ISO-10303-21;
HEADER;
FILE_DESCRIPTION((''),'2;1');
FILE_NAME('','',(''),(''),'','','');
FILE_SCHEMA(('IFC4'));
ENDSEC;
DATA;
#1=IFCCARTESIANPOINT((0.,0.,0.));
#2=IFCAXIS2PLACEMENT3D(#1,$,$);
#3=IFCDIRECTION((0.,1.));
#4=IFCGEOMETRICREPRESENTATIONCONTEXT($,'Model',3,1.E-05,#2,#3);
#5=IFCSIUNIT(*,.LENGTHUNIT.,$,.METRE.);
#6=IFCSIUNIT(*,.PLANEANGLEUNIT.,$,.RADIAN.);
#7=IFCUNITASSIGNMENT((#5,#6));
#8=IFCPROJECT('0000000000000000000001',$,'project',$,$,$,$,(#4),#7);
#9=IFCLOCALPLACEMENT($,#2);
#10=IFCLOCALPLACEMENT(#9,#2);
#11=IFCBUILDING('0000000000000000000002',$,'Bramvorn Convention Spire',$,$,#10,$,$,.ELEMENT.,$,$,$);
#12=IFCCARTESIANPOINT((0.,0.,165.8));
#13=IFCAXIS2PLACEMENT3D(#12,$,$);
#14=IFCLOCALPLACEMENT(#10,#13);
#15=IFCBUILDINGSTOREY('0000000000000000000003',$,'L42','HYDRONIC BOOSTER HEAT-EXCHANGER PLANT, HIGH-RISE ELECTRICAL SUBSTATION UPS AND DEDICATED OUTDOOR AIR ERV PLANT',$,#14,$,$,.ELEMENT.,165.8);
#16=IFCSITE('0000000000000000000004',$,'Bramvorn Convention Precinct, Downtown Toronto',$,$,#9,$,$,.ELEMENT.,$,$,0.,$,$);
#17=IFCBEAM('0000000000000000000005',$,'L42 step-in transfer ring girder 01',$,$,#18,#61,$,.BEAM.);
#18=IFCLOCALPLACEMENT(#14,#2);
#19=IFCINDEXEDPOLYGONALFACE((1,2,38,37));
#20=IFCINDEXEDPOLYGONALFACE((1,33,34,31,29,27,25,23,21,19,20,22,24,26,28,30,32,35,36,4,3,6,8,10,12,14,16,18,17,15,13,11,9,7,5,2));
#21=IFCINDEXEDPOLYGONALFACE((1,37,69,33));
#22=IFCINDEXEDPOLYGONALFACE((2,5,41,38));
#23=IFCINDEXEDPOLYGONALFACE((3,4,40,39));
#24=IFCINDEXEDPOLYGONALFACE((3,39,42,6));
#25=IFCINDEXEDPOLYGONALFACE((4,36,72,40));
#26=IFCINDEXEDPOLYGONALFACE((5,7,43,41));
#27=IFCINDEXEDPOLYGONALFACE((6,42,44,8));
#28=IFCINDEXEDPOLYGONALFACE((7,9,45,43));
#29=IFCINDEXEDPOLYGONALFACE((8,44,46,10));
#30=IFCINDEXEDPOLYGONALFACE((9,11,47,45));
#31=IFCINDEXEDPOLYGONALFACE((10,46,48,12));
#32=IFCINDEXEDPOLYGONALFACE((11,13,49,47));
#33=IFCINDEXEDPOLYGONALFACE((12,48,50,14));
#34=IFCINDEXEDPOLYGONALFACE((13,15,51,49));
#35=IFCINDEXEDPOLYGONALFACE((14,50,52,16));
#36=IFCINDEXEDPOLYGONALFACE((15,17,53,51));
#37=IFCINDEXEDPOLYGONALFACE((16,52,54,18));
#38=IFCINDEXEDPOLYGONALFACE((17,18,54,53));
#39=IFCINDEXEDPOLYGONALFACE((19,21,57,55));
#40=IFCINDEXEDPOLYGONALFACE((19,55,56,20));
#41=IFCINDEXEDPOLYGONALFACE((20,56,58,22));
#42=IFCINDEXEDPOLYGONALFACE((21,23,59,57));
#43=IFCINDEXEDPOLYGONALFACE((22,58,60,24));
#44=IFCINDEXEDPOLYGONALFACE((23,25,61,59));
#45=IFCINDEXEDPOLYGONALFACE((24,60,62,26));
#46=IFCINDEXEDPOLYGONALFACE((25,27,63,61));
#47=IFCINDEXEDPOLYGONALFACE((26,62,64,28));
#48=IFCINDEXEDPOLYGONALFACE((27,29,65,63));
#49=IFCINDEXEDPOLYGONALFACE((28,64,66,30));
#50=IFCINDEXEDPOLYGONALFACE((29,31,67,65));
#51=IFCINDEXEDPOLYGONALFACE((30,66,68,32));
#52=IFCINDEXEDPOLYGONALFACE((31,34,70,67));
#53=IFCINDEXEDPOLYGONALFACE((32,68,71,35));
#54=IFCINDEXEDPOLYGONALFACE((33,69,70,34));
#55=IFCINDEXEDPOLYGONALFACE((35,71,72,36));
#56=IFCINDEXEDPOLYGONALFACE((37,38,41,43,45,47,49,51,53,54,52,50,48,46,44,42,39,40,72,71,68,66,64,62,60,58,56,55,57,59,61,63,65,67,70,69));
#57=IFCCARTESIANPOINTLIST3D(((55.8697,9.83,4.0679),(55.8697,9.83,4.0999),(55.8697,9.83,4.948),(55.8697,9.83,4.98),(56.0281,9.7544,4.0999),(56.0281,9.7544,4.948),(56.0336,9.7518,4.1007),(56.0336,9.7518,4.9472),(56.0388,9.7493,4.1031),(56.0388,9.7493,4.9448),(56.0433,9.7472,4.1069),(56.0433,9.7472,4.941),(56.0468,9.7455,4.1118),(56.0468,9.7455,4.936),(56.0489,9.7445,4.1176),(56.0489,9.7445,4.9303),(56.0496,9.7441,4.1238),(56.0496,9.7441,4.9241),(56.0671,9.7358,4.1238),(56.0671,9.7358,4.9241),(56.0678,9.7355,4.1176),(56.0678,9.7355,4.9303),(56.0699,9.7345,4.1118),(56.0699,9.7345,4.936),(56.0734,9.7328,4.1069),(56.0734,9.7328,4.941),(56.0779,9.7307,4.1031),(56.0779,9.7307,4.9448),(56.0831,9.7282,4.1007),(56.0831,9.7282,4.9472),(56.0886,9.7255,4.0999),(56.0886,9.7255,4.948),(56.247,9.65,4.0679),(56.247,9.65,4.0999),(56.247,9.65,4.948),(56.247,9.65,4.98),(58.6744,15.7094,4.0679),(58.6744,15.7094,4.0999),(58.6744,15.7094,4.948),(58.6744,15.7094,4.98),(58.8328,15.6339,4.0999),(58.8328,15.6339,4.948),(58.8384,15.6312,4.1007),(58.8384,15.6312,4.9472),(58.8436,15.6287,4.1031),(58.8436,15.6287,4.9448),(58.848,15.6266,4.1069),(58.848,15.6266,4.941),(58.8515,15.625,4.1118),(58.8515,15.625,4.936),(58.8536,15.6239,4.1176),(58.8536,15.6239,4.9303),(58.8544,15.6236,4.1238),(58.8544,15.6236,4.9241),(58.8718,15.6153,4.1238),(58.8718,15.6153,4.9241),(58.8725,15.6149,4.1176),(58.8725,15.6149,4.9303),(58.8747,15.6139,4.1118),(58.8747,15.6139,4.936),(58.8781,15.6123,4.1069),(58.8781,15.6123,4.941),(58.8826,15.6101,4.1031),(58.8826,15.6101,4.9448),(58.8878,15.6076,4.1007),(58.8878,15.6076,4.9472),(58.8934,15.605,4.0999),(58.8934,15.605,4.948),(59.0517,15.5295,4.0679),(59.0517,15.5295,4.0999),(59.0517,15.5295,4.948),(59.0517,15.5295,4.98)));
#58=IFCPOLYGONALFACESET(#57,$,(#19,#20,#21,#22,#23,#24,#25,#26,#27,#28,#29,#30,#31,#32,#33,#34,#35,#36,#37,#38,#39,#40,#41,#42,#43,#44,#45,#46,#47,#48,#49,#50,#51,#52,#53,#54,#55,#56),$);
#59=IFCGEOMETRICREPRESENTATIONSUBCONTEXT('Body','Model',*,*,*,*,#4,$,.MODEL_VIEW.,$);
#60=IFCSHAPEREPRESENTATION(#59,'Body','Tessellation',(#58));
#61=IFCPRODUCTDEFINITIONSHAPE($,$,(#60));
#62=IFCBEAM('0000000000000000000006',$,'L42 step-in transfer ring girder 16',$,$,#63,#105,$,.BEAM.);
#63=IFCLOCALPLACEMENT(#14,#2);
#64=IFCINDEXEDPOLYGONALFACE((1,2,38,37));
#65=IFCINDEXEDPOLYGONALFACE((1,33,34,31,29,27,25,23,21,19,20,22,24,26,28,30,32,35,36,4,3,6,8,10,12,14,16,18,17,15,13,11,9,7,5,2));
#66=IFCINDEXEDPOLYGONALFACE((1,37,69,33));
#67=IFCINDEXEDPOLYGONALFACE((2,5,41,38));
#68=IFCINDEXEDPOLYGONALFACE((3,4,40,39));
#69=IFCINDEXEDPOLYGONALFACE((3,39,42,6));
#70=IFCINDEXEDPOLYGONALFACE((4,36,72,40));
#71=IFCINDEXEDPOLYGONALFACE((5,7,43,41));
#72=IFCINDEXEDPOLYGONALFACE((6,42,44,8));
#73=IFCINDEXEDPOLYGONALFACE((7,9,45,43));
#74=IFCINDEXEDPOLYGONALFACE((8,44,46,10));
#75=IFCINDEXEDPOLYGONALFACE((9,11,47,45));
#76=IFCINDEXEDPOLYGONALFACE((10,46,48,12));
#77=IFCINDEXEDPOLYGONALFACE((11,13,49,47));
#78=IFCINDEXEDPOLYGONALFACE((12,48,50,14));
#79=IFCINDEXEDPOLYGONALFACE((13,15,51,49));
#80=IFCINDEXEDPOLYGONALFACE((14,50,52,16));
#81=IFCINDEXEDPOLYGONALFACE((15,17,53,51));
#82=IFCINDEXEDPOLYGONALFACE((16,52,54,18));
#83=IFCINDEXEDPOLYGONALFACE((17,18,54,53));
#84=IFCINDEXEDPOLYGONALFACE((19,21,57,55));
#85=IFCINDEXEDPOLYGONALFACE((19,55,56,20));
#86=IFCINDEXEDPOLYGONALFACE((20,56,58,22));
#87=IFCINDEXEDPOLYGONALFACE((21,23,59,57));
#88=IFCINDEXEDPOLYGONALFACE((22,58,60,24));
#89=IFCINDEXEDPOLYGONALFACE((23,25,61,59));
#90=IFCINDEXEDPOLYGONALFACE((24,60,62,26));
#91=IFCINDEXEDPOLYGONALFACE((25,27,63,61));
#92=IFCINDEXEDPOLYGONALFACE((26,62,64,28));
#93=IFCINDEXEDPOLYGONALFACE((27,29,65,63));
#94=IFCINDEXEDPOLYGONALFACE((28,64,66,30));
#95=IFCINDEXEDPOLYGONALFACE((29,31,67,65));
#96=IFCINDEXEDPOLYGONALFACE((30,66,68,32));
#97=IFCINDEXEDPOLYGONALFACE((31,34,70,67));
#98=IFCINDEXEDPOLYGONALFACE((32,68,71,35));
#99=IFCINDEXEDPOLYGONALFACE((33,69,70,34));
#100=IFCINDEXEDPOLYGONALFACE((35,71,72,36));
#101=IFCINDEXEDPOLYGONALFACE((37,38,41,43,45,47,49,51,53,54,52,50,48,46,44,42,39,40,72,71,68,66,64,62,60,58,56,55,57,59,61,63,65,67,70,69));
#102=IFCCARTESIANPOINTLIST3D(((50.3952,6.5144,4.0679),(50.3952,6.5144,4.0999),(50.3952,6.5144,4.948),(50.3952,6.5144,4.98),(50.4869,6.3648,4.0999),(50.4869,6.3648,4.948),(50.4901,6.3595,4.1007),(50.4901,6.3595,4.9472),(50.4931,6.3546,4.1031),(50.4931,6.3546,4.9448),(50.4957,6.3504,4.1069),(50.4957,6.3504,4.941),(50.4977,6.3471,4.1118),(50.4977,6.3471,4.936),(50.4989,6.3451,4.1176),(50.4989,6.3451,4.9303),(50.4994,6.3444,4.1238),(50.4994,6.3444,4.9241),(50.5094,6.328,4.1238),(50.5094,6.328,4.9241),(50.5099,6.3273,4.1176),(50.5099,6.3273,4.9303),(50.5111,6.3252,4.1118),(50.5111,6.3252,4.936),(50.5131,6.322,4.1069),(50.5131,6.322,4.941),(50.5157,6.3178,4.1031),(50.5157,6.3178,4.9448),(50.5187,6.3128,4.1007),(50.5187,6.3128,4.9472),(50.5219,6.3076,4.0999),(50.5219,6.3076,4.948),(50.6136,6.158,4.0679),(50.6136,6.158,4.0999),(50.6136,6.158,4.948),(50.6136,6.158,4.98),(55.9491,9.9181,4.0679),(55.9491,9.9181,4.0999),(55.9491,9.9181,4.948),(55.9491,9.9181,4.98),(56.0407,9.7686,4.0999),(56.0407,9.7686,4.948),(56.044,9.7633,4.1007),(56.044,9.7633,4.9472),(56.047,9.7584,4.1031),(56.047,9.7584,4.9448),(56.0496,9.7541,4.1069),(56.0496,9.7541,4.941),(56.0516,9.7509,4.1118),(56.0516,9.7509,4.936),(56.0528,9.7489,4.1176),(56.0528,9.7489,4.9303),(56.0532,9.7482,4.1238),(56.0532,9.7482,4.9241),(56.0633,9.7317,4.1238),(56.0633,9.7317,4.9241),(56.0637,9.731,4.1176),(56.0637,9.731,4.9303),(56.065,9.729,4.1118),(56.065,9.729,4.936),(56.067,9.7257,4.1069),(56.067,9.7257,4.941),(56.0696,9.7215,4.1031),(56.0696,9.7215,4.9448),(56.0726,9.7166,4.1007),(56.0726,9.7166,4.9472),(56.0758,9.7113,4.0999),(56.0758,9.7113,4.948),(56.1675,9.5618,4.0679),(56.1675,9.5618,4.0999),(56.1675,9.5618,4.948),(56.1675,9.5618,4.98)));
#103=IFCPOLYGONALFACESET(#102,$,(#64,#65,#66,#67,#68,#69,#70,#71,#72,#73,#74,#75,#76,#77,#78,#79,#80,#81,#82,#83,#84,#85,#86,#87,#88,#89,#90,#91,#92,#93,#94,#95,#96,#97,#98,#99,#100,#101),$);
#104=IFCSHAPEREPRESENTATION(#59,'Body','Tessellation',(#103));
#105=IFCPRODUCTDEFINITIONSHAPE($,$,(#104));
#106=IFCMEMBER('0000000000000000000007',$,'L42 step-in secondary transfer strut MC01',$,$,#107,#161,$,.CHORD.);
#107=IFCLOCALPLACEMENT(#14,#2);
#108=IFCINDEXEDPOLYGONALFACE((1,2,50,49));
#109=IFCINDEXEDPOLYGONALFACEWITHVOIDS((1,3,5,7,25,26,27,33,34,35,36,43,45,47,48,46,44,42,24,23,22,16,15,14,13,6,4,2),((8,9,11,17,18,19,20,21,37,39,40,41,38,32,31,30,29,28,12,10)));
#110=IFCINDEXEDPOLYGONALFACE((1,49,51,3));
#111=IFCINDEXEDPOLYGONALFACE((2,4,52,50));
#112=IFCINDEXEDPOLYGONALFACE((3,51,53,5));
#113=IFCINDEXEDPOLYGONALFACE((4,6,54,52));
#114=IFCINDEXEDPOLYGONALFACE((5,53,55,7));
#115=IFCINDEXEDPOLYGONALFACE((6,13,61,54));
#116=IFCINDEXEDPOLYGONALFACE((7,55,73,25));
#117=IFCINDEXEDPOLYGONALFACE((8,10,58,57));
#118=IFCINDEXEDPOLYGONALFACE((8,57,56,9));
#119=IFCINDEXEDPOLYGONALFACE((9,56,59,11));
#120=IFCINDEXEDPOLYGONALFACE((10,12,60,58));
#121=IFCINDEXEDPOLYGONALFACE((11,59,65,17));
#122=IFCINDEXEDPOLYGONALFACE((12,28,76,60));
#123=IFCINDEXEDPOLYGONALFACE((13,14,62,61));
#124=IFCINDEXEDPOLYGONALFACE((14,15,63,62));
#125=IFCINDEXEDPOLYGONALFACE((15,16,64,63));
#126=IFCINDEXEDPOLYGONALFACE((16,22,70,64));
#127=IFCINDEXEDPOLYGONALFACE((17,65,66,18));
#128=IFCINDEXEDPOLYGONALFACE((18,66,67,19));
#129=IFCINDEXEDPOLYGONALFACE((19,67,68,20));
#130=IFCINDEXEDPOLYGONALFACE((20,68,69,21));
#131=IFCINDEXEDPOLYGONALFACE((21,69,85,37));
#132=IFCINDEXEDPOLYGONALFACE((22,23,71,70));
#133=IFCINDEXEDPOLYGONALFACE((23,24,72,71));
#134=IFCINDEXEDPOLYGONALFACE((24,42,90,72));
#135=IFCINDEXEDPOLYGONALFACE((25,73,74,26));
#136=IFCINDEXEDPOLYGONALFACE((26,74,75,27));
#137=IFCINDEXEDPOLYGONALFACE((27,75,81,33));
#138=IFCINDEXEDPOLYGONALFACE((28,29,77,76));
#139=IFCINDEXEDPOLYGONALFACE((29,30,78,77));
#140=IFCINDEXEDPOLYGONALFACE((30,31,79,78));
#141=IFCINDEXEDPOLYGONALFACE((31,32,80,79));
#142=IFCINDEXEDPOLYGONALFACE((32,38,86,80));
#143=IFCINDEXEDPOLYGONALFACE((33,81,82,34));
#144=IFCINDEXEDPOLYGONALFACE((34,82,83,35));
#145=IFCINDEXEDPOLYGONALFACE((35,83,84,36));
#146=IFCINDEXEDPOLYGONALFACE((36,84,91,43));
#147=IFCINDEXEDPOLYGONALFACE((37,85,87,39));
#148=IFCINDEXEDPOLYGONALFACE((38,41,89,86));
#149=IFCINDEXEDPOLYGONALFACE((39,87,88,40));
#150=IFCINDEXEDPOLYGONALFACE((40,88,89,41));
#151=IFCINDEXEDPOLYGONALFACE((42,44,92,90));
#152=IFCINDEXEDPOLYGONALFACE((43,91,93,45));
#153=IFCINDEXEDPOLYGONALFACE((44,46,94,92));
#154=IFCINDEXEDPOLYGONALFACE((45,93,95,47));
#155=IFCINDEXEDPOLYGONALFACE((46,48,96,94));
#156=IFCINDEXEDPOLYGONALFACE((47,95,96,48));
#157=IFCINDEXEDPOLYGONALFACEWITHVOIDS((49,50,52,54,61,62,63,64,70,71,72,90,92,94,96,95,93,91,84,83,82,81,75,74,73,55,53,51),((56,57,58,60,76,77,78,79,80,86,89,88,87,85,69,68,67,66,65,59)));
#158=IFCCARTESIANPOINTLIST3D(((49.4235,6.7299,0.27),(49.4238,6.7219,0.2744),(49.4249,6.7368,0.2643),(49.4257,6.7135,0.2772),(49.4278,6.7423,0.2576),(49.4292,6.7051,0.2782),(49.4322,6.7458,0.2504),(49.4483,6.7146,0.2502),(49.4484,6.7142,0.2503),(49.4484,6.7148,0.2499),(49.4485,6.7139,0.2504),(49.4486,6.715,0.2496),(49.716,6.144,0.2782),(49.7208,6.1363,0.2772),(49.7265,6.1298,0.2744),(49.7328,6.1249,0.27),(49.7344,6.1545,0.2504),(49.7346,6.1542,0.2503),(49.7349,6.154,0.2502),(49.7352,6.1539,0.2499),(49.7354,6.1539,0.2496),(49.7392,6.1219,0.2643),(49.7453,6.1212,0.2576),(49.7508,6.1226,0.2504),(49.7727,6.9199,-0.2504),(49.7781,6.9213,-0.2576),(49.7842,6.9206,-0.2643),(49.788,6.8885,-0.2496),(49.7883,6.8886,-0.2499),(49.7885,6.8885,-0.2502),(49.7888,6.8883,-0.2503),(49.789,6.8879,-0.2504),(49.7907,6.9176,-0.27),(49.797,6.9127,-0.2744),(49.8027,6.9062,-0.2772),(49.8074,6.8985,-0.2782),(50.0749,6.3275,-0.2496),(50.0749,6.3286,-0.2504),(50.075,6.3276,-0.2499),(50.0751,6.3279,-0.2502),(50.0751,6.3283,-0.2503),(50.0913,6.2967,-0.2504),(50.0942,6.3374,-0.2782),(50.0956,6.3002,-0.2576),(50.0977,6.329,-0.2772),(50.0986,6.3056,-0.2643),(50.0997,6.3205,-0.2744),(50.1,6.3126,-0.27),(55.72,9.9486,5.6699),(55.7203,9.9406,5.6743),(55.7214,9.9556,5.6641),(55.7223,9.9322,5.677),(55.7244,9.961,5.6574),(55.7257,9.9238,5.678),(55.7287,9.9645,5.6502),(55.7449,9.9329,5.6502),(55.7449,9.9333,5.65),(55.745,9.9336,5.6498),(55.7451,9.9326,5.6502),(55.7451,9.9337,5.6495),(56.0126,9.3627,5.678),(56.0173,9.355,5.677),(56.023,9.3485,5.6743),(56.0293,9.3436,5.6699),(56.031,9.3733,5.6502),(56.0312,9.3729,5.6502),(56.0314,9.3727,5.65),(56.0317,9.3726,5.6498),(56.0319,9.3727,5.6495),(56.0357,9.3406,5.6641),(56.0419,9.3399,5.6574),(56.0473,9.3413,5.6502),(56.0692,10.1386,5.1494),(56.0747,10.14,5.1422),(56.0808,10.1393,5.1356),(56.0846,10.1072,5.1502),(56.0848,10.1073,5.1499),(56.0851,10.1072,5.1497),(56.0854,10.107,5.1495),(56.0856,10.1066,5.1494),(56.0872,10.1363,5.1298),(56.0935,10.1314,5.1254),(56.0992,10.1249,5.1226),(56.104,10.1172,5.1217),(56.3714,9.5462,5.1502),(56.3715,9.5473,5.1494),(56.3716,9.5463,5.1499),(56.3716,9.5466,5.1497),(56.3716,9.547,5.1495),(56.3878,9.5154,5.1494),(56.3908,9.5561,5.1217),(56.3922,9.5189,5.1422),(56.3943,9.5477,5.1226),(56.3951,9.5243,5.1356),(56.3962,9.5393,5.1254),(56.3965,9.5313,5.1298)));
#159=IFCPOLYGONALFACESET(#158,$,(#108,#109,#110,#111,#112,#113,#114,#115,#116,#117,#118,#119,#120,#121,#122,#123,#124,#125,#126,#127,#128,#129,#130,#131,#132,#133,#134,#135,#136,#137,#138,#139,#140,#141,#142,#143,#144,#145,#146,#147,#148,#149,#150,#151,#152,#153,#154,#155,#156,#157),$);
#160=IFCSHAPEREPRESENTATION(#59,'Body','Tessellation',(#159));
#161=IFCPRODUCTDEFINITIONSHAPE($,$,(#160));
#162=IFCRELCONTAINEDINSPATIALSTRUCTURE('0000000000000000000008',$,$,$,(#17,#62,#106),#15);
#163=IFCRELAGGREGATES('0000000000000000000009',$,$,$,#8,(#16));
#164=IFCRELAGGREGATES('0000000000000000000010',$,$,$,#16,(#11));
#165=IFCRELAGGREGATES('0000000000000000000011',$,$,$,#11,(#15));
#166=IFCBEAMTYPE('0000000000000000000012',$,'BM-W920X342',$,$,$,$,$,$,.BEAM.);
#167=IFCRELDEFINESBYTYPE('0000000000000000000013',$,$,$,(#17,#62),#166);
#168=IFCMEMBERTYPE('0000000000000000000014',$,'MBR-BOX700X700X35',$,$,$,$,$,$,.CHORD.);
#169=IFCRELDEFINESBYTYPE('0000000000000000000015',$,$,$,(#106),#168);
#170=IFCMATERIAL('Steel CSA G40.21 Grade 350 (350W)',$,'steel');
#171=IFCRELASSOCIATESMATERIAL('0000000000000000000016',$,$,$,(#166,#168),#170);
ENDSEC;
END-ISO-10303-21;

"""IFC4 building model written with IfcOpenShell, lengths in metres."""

from ifc_helpers import new_model, si_unit, direction, frame, origin, origin_2d, place, context, subcontext, project, spatial, hollow_rectangle, i_section, extrude, material, material_profile, profile_set, type_object, element, save


model = new_model("IFC4")

# Units and contexts
model_context = context("Model", 3, precision=1e-05, world=origin(), true_north=direction((0.0, 1.0)))
body_context = subcontext(model_context, "Body", "Model", "MODEL_VIEW")
ifc_project = project(units=[si_unit("LENGTHUNIT", "METRE"), si_unit("PLANEANGLEUNIT", "RADIAN")], contexts=[model_context])

# Site, building, storey
site_placement = place(None, origin())
site = spatial("IfcSite", under=ifc_project, at=site_placement, Name="Bramvorn Convention Precinct, Downtown Toronto", CompositionType="ELEMENT", RefElevation=0.0)
building_placement = place(site_placement, origin())
building = spatial("IfcBuilding", under=site, at=building_placement, Name="Bramvorn Convention Spire", CompositionType="ELEMENT")
storey_placement = place(building_placement, frame((0.0, 0.0, 165.8)))
storey = spatial("IfcBuildingStorey", under=building, at=storey_placement, Name="L42", Description="HYDRONIC BOOSTER HEAT-EXCHANGER PLANT, HIGH-RISE ELECTRICAL SUBSTATION UPS AND DEDICATED OUTDOOR AIR ERV PLANT", CompositionType="ELEMENT", Elevation=165.8)

# Shared definitions
ifc_material_1 = material(Name="Steel CSA G40.21 Grade 350 (350W)", Category="steel")

# Beams
ifc_material_profile_1 = material_profile(ifc_material_1, i_section(OverallWidth=0.418, OverallDepth=0.9121, WebThickness=0.0193, FlangeThickness=0.032, FilletRadius=0.0239, at=origin_2d()))
ifc_profile_set_1 = profile_set([ifc_material_profile_1], Name="Steel CSA G40.21 Grade 350 (350W) - W920X342")
beam_type = type_object("IfcBeamType", Name="BM-W920X342", PredefinedType="BEAM", material=ifc_profile_set_1)
beam_1_placement = place(storey_placement, frame((56.0583, 9.74, 4.5239), z_axis=(0.430556, 0.902564, 0.0), x_axis=(-0.902564, 0.430556, 0.0)))
element("IfcBeam", 1, at=beam_1_placement, inside=storey, type_object=beam_type, Name="L42 step-in transfer ring girder 01", PredefinedType="BEAM", context=body_context, shape_type="SweptSolid", body=[
    extrude(i_section(OverallWidth=0.418, OverallDepth=0.9121, WebThickness=0.0193, FlangeThickness=0.032, FilletRadius=0.0239, at=origin_2d()), origin(), (0.0, 0.0, 1.0), 6.5142),
])
beam_2_placement = place(storey_placement, frame((50.5044, 6.3362, 4.5239), z_axis=(0.852617, 0.522537, 0.0), x_axis=(-0.522537, 0.852617, 0.0)))
element("IfcBeam", 2, at=beam_2_placement, inside=storey, type_object=beam_type, Name="L42 step-in transfer ring girder 16", PredefinedType="BEAM", context=body_context, shape_type="SweptSolid", body=[
    extrude(i_section(OverallWidth=0.418, OverallDepth=0.9121, WebThickness=0.0193, FlangeThickness=0.032, FilletRadius=0.0239, at=origin_2d()), origin(), (0.0, 0.0, 1.0), 6.5139),
])

# Member
ifc_material_profile_2 = material_profile(ifc_material_1, hollow_rectangle(XDim=0.7, YDim=0.7, WallThickness=0.0349, InnerFilletRadius=0.001, OuterFilletRadius=0.0349, at=origin_2d()))
ifc_profile_set_2 = profile_set([ifc_material_profile_2], Name="Steel CSA G40.21 Grade 350 (350W) - BOX700X700X35")
member_type_1 = type_object("IfcMemberType", Name="MBR-BOX700X700X35", PredefinedType="CHORD", material=ifc_profile_set_2)
member_1_placement = place(storey_placement, frame((49.7617, 6.5212, 0.0), z_axis=(0.707679, 0.361756, 0.606896), x_axis=(-0.455164, 0.890408, 0.0)))
element("IfcMember", 3, at=member_1_placement, inside=storey, type_object=member_type_1, Name="L42 step-in secondary transfer strut MC01", PredefinedType="CHORD", context=body_context, shape_type="SweptSolid", body=[
    extrude(hollow_rectangle(XDim=0.7, YDim=0.7, WallThickness=0.0349, InnerFilletRadius=0.001, OuterFilletRadius=0.0349, at=origin_2d()), origin(), (0.0, 0.0, 1.0), 8.8975),
])

save(model, "model.ifc")
